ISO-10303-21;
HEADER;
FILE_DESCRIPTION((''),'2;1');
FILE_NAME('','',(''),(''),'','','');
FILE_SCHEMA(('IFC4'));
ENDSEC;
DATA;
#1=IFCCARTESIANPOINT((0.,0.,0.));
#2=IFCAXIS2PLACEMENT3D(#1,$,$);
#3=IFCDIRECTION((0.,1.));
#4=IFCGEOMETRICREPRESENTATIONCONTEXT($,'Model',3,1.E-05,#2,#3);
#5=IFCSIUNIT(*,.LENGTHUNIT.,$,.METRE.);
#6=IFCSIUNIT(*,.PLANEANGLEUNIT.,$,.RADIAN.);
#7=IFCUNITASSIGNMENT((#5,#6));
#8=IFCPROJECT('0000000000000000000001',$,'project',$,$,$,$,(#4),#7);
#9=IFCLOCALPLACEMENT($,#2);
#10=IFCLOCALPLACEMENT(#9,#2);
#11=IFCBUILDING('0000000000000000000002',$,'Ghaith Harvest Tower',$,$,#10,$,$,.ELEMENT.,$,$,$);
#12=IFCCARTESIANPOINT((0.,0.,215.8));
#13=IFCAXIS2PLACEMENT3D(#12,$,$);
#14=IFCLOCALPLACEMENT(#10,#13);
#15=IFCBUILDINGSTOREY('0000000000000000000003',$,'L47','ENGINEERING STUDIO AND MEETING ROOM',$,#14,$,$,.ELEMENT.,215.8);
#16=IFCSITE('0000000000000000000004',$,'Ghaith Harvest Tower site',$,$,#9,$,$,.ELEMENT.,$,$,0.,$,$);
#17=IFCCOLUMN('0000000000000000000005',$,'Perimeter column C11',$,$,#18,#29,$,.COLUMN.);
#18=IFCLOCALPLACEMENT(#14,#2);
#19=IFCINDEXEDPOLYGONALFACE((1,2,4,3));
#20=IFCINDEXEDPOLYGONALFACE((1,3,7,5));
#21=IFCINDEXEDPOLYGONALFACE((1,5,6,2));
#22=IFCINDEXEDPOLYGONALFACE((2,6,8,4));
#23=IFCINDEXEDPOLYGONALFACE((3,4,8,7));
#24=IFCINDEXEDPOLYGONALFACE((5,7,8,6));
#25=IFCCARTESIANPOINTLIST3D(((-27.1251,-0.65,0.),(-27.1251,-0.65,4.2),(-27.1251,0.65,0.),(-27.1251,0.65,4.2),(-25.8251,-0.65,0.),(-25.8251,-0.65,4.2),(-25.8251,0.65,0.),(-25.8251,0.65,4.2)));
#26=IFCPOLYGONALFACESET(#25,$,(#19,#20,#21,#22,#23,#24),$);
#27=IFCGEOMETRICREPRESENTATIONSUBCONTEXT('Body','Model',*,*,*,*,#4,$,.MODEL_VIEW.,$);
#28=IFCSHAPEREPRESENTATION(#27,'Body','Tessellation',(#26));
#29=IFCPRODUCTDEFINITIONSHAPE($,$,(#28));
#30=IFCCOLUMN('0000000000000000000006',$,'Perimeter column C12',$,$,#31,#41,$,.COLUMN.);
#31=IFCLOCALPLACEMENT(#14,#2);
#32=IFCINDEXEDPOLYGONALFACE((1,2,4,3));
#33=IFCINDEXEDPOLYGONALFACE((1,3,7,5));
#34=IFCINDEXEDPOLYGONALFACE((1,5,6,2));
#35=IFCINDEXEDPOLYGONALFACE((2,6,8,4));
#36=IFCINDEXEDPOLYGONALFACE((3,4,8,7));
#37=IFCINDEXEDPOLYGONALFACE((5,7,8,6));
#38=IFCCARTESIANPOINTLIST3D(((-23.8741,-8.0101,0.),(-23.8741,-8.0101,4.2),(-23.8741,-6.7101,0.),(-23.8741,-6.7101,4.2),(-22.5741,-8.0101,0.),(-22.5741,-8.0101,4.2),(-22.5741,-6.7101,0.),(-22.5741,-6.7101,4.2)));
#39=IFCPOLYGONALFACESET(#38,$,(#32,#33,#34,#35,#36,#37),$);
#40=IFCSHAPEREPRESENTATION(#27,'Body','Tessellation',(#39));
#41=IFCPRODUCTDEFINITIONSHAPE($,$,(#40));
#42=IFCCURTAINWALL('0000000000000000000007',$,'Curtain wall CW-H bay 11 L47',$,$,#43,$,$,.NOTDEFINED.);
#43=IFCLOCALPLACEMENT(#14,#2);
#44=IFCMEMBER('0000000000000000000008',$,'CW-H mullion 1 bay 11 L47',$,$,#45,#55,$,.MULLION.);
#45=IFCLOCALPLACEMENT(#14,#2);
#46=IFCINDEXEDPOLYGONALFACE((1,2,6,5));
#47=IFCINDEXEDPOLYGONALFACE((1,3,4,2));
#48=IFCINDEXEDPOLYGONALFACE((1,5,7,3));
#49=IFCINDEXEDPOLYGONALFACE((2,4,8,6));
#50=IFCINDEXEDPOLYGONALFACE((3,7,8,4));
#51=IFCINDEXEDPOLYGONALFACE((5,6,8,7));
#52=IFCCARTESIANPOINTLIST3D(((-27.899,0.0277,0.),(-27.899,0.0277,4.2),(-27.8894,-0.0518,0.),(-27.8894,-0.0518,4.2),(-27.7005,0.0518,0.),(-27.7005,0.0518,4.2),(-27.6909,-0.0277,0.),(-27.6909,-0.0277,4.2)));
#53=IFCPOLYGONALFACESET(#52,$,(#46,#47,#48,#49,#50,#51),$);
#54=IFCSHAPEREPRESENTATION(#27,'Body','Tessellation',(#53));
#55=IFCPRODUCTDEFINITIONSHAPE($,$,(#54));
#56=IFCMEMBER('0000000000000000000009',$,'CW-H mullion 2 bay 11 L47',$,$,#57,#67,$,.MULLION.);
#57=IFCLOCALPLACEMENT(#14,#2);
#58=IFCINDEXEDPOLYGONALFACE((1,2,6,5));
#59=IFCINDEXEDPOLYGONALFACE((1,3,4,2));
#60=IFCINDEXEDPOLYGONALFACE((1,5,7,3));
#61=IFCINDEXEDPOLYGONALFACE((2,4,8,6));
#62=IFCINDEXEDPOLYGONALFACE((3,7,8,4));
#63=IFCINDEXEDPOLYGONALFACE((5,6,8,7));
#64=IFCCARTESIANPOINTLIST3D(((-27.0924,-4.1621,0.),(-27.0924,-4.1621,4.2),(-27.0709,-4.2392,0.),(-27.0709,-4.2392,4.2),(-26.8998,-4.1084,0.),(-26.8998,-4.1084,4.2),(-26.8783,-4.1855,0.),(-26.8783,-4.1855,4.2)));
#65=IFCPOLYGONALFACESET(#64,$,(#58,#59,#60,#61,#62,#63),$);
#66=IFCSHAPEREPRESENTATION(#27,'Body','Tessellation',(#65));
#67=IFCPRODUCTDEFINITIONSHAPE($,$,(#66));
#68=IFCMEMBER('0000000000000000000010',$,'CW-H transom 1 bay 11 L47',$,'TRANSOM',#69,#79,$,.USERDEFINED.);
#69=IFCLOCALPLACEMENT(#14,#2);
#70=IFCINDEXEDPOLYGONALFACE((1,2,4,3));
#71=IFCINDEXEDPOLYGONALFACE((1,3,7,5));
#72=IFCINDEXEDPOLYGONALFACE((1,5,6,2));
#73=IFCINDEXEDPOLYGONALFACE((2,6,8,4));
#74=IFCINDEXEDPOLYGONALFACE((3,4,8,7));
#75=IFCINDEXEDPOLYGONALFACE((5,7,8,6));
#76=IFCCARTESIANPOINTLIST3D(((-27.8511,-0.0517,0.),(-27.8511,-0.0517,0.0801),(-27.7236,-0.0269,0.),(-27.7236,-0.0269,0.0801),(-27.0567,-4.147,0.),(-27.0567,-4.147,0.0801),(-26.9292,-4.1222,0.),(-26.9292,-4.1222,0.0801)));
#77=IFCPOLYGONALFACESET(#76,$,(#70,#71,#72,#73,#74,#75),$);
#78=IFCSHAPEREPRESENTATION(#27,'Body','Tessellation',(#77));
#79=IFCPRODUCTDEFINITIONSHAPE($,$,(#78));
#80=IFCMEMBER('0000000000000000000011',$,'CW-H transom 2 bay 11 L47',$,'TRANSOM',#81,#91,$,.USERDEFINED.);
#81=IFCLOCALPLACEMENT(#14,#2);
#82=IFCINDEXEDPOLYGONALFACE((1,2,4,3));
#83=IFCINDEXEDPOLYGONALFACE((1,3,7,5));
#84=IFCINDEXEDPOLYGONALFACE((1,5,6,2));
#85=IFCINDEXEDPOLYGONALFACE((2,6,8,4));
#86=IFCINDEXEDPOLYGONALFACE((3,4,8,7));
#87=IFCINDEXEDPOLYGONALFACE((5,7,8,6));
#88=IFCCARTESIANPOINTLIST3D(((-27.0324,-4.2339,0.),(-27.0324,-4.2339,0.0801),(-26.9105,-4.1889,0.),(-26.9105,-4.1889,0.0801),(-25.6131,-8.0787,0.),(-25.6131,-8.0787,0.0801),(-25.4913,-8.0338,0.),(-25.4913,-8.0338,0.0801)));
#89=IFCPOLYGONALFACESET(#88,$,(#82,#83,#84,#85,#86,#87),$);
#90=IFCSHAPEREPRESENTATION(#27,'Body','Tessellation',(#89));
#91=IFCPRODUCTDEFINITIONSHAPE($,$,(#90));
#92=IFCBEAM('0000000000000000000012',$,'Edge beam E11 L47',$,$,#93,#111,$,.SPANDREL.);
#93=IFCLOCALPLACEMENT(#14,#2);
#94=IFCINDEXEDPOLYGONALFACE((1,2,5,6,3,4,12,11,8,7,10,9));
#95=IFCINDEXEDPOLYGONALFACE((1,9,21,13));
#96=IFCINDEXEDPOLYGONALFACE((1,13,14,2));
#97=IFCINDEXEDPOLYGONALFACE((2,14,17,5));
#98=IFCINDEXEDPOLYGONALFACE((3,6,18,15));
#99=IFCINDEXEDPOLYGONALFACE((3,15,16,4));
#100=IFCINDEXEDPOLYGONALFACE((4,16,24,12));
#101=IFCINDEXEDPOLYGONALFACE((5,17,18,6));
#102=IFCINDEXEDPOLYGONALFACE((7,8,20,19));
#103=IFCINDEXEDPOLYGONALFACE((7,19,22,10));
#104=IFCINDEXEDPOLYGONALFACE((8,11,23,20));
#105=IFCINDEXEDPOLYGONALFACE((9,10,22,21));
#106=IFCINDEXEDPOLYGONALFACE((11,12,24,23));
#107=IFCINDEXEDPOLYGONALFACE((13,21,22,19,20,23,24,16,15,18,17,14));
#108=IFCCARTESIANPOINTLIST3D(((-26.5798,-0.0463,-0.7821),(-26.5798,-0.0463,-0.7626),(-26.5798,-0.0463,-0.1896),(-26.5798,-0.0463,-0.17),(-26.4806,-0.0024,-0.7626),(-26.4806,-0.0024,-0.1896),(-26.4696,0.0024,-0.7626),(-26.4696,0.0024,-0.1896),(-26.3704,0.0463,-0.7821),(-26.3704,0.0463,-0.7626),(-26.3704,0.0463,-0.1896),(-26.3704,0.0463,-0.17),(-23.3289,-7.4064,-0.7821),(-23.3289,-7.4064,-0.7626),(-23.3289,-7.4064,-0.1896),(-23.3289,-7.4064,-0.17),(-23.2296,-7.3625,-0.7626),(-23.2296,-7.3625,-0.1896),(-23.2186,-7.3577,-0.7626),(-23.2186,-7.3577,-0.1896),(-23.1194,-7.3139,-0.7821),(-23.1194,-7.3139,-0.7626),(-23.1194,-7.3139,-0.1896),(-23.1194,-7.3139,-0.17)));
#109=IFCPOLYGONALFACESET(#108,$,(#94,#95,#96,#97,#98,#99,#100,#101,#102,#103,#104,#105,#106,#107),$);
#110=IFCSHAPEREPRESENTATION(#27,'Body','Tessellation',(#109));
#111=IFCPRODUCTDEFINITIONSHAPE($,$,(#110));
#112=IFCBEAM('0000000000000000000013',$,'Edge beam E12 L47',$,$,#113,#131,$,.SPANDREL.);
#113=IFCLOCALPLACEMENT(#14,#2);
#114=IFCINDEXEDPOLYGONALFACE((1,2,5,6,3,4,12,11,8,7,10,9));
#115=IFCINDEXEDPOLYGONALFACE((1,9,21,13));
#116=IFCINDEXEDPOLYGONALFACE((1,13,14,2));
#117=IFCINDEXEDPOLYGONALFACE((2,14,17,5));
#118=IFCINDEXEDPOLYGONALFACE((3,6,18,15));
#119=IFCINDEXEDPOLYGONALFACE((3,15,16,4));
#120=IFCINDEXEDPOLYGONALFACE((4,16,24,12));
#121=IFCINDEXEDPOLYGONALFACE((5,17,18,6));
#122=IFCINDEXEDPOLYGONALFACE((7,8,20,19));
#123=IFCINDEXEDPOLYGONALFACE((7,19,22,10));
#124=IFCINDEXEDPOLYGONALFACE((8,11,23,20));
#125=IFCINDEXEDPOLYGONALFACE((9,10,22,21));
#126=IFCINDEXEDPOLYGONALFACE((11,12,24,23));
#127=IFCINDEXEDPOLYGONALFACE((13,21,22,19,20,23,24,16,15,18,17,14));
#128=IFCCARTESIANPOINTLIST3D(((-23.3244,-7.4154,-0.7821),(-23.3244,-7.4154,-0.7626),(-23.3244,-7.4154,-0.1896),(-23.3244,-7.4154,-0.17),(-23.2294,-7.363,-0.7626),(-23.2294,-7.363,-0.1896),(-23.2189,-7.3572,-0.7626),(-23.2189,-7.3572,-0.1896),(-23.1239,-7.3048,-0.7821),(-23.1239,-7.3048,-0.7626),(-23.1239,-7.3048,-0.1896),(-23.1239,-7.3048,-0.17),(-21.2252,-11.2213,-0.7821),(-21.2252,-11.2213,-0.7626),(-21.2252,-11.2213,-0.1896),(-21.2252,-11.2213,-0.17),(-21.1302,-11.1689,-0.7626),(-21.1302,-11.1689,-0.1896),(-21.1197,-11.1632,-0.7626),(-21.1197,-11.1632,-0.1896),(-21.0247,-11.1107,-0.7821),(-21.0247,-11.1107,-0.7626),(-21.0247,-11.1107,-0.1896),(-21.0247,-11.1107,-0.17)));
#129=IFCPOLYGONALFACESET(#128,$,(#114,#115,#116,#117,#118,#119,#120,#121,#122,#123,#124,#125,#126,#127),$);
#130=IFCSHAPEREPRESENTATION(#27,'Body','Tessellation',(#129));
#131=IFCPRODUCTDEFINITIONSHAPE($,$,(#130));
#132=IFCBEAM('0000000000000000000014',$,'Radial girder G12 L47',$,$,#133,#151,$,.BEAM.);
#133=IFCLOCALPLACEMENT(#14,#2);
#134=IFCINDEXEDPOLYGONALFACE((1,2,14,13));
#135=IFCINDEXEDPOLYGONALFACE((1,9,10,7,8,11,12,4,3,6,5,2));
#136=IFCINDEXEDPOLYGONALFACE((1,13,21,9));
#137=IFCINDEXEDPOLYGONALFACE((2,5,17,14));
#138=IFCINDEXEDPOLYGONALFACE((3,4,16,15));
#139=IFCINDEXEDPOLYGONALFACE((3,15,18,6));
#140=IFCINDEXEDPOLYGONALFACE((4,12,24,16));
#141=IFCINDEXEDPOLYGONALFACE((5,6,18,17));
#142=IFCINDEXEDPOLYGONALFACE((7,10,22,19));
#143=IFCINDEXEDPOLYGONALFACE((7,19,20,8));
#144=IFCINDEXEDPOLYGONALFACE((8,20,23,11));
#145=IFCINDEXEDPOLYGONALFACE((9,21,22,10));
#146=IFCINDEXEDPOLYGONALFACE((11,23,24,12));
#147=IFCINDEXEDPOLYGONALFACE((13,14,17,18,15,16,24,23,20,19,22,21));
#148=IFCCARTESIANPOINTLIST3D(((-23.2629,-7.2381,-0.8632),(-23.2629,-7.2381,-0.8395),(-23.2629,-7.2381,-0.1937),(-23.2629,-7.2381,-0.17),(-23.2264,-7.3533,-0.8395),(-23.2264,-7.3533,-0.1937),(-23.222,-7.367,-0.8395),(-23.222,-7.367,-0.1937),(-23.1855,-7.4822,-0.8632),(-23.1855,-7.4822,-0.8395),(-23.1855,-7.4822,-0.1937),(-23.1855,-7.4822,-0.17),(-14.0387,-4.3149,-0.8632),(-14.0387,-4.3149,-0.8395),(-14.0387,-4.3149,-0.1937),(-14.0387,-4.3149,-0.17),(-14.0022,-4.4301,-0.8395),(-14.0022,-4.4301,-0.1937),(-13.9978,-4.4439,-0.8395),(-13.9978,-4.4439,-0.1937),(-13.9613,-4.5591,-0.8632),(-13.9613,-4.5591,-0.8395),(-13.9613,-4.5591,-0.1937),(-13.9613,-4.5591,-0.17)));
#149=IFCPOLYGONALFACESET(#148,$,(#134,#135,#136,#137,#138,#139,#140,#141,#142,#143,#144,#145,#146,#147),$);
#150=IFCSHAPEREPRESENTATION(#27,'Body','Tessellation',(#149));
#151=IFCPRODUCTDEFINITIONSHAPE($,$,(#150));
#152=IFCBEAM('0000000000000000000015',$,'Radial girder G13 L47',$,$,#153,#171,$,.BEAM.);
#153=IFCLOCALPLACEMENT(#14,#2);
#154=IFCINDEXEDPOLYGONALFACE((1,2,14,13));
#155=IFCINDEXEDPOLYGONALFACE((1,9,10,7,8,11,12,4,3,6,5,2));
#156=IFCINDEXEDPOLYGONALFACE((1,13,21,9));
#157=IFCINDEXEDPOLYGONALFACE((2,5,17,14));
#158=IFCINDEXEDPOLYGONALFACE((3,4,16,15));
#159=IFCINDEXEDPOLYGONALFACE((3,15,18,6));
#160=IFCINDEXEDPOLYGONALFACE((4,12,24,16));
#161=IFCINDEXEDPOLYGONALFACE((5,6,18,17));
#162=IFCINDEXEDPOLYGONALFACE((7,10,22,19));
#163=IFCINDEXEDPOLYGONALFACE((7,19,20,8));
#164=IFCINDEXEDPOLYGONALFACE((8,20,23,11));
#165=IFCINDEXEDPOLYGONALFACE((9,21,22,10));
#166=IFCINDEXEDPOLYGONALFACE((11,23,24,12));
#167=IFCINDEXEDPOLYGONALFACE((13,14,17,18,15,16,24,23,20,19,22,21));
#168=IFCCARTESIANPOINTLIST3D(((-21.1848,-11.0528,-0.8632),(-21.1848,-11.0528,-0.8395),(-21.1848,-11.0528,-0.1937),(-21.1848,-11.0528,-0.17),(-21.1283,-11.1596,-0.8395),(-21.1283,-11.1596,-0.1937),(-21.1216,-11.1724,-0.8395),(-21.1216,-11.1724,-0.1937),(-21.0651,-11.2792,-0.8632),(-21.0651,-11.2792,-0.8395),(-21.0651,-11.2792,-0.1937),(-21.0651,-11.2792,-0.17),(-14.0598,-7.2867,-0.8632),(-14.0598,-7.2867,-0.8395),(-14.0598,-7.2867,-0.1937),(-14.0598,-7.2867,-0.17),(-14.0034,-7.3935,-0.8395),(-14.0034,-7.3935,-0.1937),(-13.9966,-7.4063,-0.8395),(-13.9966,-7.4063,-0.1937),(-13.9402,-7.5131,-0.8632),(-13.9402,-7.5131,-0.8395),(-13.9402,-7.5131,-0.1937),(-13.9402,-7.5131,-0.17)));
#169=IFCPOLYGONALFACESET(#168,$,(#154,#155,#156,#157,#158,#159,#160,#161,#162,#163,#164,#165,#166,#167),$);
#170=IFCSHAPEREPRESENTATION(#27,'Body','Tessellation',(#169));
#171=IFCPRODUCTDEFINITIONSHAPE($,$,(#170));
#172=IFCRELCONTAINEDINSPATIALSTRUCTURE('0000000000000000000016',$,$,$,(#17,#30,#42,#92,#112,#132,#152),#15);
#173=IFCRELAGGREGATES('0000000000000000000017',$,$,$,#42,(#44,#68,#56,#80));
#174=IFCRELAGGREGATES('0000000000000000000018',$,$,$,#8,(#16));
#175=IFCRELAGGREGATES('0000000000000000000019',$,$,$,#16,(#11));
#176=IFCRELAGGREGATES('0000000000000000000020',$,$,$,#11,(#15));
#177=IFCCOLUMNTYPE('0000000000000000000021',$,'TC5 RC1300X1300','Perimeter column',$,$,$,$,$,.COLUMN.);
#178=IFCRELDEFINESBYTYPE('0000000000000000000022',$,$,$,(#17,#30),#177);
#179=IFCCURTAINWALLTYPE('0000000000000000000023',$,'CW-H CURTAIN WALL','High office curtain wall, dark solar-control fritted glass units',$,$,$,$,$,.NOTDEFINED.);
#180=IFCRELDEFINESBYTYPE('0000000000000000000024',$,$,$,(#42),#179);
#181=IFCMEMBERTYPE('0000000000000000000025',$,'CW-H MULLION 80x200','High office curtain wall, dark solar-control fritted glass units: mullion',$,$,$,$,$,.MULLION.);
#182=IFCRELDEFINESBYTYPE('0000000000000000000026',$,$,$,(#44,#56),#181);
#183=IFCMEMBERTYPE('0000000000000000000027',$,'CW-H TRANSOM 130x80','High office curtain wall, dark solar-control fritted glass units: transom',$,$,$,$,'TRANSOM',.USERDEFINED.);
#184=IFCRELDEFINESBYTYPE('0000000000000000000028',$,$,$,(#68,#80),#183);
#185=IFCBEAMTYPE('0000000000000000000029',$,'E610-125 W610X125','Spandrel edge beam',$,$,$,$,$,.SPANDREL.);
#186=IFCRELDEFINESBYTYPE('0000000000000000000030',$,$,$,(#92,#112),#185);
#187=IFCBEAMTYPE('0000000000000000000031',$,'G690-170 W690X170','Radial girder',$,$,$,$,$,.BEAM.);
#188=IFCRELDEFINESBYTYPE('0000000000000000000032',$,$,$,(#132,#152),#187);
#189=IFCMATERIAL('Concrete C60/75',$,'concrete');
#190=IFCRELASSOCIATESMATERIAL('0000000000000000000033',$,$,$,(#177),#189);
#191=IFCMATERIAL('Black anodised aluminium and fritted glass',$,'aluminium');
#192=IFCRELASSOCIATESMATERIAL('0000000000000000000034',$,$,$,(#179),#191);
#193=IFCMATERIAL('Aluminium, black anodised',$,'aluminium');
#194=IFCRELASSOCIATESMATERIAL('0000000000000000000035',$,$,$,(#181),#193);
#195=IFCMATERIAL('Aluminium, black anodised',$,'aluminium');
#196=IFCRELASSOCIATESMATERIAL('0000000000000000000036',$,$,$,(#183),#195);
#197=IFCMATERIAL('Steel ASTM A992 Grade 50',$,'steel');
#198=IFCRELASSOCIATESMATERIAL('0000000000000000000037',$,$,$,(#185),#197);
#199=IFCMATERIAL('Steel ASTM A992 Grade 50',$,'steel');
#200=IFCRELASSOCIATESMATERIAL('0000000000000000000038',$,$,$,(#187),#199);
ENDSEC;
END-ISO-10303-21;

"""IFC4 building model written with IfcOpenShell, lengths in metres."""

from ifc_helpers import new_model, si_unit, direction, frame, origin, origin_2d, place, context, subcontext, project, spatial, rectangle, i_section, extrude, material, material_profile, profile_set, type_object, element, aggregate, save


model = new_model("IFC4")

# Units and contexts
model_context = context("Model", 3, precision=1e-05, world=origin(), true_north=direction((0.0, 1.0)))
body_context = subcontext(model_context, "Body", "Model", "MODEL_VIEW")
ifc_project = project(units=[si_unit("LENGTHUNIT", "METRE"), si_unit("PLANEANGLEUNIT", "RADIAN")], contexts=[model_context])

# Site, building, storey
site_placement = place(None, origin())
site = spatial("IfcSite", under=ifc_project, at=site_placement, Name="Ghaith Harvest Tower site", CompositionType="ELEMENT", RefElevation=0.0)
building_placement = place(site_placement, origin())
building = spatial("IfcBuilding", under=site, at=building_placement, Name="Ghaith Harvest Tower", CompositionType="ELEMENT")
storey_placement = place(building_placement, frame((0.0, 0.0, 215.8)))
storey = spatial("IfcBuildingStorey", under=building, at=storey_placement, Name="L47", Description="ENGINEERING STUDIO AND MEETING ROOM", CompositionType="ELEMENT", Elevation=215.8)

# Columns
ifc_material_1 = material(Name="Concrete C60/75", Category="concrete")
ifc_material_profile_1 = material_profile(ifc_material_1, rectangle(XDim=1.3, YDim=1.3, at=origin_2d()), Name="RC1300X1300")
ifc_profile_set_1 = profile_set([ifc_material_profile_1], Name="Concrete C60/75")
column_type = type_object("IfcColumnType", Name="TC5 RC1300X1300", Description="Perimeter column", PredefinedType="COLUMN", material=ifc_profile_set_1)
for number, where, z_axis, x_axis, name in (
    (1, (-26.4751, 0.0, 0.0), (0.0, 0.0, 1.0), (1.0, 0.0, 0.0), "Perimeter column C11"),
    (2, (-23.2241, -7.3601, 0.0), (0.0, 0.0, 1.0), (1.0, 0.0, 0.0), "Perimeter column C12"),
):
    element("IfcColumn", number, at=place(storey_placement, frame(where, z_axis=z_axis, x_axis=x_axis)), inside=storey, type_object=column_type, Name=name, PredefinedType="COLUMN", context=body_context, shape_type="SweptSolid", body=[
        extrude(rectangle(XDim=1.3, YDim=1.3, at=origin_2d()), origin(), (0.0, 0.0, 1.0), 4.2),
    ])

# Curtain wall, members
ifc_material_2 = material(Name="Black anodised aluminium and fritted glass", Category="aluminium")
curtain_wall_type = type_object("IfcCurtainWallType", Name="CW-H CURTAIN WALL", Description="High office curtain wall, dark solar-control fritted glass units", PredefinedType="NOTDEFINED", material=ifc_material_2)
curtain_wall_placement = place(storey_placement, origin())
curtain_wall = element("IfcCurtainWall", 3, at=curtain_wall_placement, inside=storey, type_object=curtain_wall_type, Name="Curtain wall CW-H bay 11 L47", PredefinedType="NOTDEFINED")
ifc_material_3 = material(Name="Aluminium, black anodised", Category="aluminium")
ifc_material_profile_2 = material_profile(ifc_material_3, rectangle(XDim=0.0801, YDim=0.2, at=origin_2d()), Name="CW-H MULLION 80x200")
ifc_profile_set_2 = profile_set([ifc_material_profile_2], Name="Aluminium, black anodised")
member_type_1 = type_object("IfcMemberType", Name="CW-H MULLION 80x200", Description="High office curtain wall, dark solar-control fritted glass units: mullion", PredefinedType="MULLION", material=ifc_profile_set_2)
member_1_placement = place(storey_placement, frame((-27.7949, 0.0, 0.0), z_axis=(0.0, 0.0, 1.0), x_axis=(0.12025, -0.992744, 0.0)))
member_1 = element("IfcMember", 4, at=member_1_placement, type_object=member_type_1, Name="CW-H mullion 1 bay 11 L47", PredefinedType="MULLION", context=body_context, shape_type="SweptSolid", body=[
    extrude(rectangle(XDim=0.0801, YDim=0.2, at=origin_2d()), origin(), (0.0, 0.0, 1.0), 4.2),
])
member_2_placement = place(storey_placement, frame((-26.9854, -4.1738, 0.0), z_axis=(0.0, 0.0, 1.0), x_axis=(0.268569, -0.96326, 0.0)))
member_2 = element("IfcMember", 5, at=member_2_placement, type_object=member_type_1, Name="CW-H mullion 2 bay 11 L47", PredefinedType="MULLION", context=body_context, shape_type="SweptSolid", body=[
    extrude(rectangle(XDim=0.0801, YDim=0.2, at=origin_2d()), origin(), (0.0, 0.0, 1.0), 4.2),
])
ifc_material_4 = material(Name="Aluminium, black anodised", Category="aluminium")
ifc_material_profile_3 = material_profile(ifc_material_4, rectangle(XDim=0.1299, YDim=0.0801, at=origin_2d()), Name="CW-H TRANSOM 130x80")
ifc_profile_set_3 = profile_set([ifc_material_profile_3], Name="Aluminium, black anodised")
member_type_2 = type_object("IfcMemberType", Name="CW-H TRANSOM 130x80", Description="High office curtain wall, dark solar-control fritted glass units: transom", ElementType="TRANSOM", PredefinedType="USERDEFINED", material=ifc_profile_set_3)
member_3_placement = place(storey_placement, frame((-27.7874, -0.0393, 0.04), z_axis=(0.19044, -0.981699, 0.0), x_axis=(0.981699, 0.19044, 0.0)))
member_3 = element("IfcMember", 6, at=member_3_placement, type_object=member_type_2, Name="CW-H transom 1 bay 11 L47", ObjectType="TRANSOM", PredefinedType="USERDEFINED", context=body_context, shape_type="SweptSolid", body=[
    extrude(rectangle(XDim=0.1299, YDim=0.0801, at=origin_2d()), origin(), (0.0, 0.0, 1.0), 4.1716),
])
member_4_placement = place(storey_placement, frame((-26.9714, -4.2114, 0.04), z_axis=(0.346288, -0.938128, 0.0), x_axis=(0.938128, 0.346288, 0.0)))
member_4 = element("IfcMember", 7, at=member_4_placement, type_object=member_type_2, Name="CW-H transom 2 bay 11 L47", ObjectType="TRANSOM", PredefinedType="USERDEFINED", context=body_context, shape_type="SweptSolid", body=[
    extrude(rectangle(XDim=0.1299, YDim=0.0801, at=origin_2d()), origin(), (0.0, 0.0, 1.0), 4.0984),
])

# Beams
ifc_material_5 = material(Name="Steel ASTM A992 Grade 50", Category="steel")
ifc_material_profile_4 = material_profile(ifc_material_5, i_section(OverallWidth=0.229, OverallDepth=0.6121, WebThickness=0.012, FlangeThickness=0.0195, at=origin_2d()), Name="W610X125")
ifc_profile_set_4 = profile_set([ifc_material_profile_4], Name="Steel ASTM A992 Grade 50")
beam_type_1 = type_object("IfcBeamType", Name="E610-125 W610X125", Description="Spandrel edge beam", PredefinedType="SPANDREL", material=ifc_profile_set_4)
beam_1_placement = place(storey_placement, frame((-26.4751, 0.0, -0.4761), z_axis=(0.404043, -0.91474, 0.0), x_axis=(0.91474, 0.404043, 0.0)))
element("IfcBeam", 8, at=beam_1_placement, inside=storey, type_object=beam_type_1, Name="Edge beam E11 L47", PredefinedType="SPANDREL", context=body_context, shape_type="SweptSolid", body=[
    extrude(i_section(OverallWidth=0.229, OverallDepth=0.6121, WebThickness=0.012, FlangeThickness=0.0195, at=origin_2d()), origin(), (0.0, 0.0, 1.0), 8.0461),
])
beam_2_placement = place(storey_placement, frame((-23.2241, -7.3601, -0.4761), z_axis=(0.482956, -0.875645, 0.0), x_axis=(0.875645, 0.482956, 0.0)))
element("IfcBeam", 9, at=beam_2_placement, inside=storey, type_object=beam_type_1, Name="Edge beam E12 L47", PredefinedType="SPANDREL", context=body_context, shape_type="SweptSolid", body=[
    extrude(i_section(OverallWidth=0.229, OverallDepth=0.6121, WebThickness=0.012, FlangeThickness=0.0195, at=origin_2d()), origin(), (0.0, 0.0, 1.0), 4.3464),
])
ifc_material_6 = material(Name="Steel ASTM A992 Grade 50", Category="steel")
ifc_material_profile_5 = material_profile(ifc_material_6, i_section(OverallWidth=0.2561, OverallDepth=0.6931, WebThickness=0.0144, FlangeThickness=0.0237, at=origin_2d()), Name="W690X170")
ifc_profile_set_5 = profile_set([ifc_material_profile_5], Name="Steel ASTM A992 Grade 50")
beam_type_2 = type_object("IfcBeamType", Name="G690-170 W690X170", Description="Radial girder", PredefinedType="BEAM", material=ifc_profile_set_5)
beam_3_placement = place(storey_placement, frame((-14.0, -4.437, -0.5166), z_axis=(-0.953279, -0.302091, 0.0), x_axis=(0.302091, -0.953279, 0.0)))
element("IfcBeam", 10, at=beam_3_placement, inside=storey, type_object=beam_type_2, Name="Radial girder G12 L47", PredefinedType="BEAM", context=body_context, shape_type="SweptSolid", body=[
    extrude(i_section(OverallWidth=0.2561, OverallDepth=0.6931, WebThickness=0.0144, FlangeThickness=0.0237, at=origin_2d()), origin(), (0.0, 0.0, 1.0), 9.6763),
])
beam_4_placement = place(storey_placement, frame((-14.0, -7.3999, -0.5166), z_axis=(-0.884093, -0.467311, 0.0), x_axis=(0.467311, -0.884093, 0.0)))
element("IfcBeam", 11, at=beam_4_placement, inside=storey, type_object=beam_type_2, Name="Radial girder G13 L47", PredefinedType="BEAM", context=body_context, shape_type="SweptSolid", body=[
    extrude(i_section(OverallWidth=0.2561, OverallDepth=0.6931, WebThickness=0.0144, FlangeThickness=0.0237, at=origin_2d()), origin(), (0.0, 0.0, 1.0), 8.0591),
])

aggregate(curtain_wall, [member_1, member_3, member_2, member_4])

save(model, "model.ifc")
